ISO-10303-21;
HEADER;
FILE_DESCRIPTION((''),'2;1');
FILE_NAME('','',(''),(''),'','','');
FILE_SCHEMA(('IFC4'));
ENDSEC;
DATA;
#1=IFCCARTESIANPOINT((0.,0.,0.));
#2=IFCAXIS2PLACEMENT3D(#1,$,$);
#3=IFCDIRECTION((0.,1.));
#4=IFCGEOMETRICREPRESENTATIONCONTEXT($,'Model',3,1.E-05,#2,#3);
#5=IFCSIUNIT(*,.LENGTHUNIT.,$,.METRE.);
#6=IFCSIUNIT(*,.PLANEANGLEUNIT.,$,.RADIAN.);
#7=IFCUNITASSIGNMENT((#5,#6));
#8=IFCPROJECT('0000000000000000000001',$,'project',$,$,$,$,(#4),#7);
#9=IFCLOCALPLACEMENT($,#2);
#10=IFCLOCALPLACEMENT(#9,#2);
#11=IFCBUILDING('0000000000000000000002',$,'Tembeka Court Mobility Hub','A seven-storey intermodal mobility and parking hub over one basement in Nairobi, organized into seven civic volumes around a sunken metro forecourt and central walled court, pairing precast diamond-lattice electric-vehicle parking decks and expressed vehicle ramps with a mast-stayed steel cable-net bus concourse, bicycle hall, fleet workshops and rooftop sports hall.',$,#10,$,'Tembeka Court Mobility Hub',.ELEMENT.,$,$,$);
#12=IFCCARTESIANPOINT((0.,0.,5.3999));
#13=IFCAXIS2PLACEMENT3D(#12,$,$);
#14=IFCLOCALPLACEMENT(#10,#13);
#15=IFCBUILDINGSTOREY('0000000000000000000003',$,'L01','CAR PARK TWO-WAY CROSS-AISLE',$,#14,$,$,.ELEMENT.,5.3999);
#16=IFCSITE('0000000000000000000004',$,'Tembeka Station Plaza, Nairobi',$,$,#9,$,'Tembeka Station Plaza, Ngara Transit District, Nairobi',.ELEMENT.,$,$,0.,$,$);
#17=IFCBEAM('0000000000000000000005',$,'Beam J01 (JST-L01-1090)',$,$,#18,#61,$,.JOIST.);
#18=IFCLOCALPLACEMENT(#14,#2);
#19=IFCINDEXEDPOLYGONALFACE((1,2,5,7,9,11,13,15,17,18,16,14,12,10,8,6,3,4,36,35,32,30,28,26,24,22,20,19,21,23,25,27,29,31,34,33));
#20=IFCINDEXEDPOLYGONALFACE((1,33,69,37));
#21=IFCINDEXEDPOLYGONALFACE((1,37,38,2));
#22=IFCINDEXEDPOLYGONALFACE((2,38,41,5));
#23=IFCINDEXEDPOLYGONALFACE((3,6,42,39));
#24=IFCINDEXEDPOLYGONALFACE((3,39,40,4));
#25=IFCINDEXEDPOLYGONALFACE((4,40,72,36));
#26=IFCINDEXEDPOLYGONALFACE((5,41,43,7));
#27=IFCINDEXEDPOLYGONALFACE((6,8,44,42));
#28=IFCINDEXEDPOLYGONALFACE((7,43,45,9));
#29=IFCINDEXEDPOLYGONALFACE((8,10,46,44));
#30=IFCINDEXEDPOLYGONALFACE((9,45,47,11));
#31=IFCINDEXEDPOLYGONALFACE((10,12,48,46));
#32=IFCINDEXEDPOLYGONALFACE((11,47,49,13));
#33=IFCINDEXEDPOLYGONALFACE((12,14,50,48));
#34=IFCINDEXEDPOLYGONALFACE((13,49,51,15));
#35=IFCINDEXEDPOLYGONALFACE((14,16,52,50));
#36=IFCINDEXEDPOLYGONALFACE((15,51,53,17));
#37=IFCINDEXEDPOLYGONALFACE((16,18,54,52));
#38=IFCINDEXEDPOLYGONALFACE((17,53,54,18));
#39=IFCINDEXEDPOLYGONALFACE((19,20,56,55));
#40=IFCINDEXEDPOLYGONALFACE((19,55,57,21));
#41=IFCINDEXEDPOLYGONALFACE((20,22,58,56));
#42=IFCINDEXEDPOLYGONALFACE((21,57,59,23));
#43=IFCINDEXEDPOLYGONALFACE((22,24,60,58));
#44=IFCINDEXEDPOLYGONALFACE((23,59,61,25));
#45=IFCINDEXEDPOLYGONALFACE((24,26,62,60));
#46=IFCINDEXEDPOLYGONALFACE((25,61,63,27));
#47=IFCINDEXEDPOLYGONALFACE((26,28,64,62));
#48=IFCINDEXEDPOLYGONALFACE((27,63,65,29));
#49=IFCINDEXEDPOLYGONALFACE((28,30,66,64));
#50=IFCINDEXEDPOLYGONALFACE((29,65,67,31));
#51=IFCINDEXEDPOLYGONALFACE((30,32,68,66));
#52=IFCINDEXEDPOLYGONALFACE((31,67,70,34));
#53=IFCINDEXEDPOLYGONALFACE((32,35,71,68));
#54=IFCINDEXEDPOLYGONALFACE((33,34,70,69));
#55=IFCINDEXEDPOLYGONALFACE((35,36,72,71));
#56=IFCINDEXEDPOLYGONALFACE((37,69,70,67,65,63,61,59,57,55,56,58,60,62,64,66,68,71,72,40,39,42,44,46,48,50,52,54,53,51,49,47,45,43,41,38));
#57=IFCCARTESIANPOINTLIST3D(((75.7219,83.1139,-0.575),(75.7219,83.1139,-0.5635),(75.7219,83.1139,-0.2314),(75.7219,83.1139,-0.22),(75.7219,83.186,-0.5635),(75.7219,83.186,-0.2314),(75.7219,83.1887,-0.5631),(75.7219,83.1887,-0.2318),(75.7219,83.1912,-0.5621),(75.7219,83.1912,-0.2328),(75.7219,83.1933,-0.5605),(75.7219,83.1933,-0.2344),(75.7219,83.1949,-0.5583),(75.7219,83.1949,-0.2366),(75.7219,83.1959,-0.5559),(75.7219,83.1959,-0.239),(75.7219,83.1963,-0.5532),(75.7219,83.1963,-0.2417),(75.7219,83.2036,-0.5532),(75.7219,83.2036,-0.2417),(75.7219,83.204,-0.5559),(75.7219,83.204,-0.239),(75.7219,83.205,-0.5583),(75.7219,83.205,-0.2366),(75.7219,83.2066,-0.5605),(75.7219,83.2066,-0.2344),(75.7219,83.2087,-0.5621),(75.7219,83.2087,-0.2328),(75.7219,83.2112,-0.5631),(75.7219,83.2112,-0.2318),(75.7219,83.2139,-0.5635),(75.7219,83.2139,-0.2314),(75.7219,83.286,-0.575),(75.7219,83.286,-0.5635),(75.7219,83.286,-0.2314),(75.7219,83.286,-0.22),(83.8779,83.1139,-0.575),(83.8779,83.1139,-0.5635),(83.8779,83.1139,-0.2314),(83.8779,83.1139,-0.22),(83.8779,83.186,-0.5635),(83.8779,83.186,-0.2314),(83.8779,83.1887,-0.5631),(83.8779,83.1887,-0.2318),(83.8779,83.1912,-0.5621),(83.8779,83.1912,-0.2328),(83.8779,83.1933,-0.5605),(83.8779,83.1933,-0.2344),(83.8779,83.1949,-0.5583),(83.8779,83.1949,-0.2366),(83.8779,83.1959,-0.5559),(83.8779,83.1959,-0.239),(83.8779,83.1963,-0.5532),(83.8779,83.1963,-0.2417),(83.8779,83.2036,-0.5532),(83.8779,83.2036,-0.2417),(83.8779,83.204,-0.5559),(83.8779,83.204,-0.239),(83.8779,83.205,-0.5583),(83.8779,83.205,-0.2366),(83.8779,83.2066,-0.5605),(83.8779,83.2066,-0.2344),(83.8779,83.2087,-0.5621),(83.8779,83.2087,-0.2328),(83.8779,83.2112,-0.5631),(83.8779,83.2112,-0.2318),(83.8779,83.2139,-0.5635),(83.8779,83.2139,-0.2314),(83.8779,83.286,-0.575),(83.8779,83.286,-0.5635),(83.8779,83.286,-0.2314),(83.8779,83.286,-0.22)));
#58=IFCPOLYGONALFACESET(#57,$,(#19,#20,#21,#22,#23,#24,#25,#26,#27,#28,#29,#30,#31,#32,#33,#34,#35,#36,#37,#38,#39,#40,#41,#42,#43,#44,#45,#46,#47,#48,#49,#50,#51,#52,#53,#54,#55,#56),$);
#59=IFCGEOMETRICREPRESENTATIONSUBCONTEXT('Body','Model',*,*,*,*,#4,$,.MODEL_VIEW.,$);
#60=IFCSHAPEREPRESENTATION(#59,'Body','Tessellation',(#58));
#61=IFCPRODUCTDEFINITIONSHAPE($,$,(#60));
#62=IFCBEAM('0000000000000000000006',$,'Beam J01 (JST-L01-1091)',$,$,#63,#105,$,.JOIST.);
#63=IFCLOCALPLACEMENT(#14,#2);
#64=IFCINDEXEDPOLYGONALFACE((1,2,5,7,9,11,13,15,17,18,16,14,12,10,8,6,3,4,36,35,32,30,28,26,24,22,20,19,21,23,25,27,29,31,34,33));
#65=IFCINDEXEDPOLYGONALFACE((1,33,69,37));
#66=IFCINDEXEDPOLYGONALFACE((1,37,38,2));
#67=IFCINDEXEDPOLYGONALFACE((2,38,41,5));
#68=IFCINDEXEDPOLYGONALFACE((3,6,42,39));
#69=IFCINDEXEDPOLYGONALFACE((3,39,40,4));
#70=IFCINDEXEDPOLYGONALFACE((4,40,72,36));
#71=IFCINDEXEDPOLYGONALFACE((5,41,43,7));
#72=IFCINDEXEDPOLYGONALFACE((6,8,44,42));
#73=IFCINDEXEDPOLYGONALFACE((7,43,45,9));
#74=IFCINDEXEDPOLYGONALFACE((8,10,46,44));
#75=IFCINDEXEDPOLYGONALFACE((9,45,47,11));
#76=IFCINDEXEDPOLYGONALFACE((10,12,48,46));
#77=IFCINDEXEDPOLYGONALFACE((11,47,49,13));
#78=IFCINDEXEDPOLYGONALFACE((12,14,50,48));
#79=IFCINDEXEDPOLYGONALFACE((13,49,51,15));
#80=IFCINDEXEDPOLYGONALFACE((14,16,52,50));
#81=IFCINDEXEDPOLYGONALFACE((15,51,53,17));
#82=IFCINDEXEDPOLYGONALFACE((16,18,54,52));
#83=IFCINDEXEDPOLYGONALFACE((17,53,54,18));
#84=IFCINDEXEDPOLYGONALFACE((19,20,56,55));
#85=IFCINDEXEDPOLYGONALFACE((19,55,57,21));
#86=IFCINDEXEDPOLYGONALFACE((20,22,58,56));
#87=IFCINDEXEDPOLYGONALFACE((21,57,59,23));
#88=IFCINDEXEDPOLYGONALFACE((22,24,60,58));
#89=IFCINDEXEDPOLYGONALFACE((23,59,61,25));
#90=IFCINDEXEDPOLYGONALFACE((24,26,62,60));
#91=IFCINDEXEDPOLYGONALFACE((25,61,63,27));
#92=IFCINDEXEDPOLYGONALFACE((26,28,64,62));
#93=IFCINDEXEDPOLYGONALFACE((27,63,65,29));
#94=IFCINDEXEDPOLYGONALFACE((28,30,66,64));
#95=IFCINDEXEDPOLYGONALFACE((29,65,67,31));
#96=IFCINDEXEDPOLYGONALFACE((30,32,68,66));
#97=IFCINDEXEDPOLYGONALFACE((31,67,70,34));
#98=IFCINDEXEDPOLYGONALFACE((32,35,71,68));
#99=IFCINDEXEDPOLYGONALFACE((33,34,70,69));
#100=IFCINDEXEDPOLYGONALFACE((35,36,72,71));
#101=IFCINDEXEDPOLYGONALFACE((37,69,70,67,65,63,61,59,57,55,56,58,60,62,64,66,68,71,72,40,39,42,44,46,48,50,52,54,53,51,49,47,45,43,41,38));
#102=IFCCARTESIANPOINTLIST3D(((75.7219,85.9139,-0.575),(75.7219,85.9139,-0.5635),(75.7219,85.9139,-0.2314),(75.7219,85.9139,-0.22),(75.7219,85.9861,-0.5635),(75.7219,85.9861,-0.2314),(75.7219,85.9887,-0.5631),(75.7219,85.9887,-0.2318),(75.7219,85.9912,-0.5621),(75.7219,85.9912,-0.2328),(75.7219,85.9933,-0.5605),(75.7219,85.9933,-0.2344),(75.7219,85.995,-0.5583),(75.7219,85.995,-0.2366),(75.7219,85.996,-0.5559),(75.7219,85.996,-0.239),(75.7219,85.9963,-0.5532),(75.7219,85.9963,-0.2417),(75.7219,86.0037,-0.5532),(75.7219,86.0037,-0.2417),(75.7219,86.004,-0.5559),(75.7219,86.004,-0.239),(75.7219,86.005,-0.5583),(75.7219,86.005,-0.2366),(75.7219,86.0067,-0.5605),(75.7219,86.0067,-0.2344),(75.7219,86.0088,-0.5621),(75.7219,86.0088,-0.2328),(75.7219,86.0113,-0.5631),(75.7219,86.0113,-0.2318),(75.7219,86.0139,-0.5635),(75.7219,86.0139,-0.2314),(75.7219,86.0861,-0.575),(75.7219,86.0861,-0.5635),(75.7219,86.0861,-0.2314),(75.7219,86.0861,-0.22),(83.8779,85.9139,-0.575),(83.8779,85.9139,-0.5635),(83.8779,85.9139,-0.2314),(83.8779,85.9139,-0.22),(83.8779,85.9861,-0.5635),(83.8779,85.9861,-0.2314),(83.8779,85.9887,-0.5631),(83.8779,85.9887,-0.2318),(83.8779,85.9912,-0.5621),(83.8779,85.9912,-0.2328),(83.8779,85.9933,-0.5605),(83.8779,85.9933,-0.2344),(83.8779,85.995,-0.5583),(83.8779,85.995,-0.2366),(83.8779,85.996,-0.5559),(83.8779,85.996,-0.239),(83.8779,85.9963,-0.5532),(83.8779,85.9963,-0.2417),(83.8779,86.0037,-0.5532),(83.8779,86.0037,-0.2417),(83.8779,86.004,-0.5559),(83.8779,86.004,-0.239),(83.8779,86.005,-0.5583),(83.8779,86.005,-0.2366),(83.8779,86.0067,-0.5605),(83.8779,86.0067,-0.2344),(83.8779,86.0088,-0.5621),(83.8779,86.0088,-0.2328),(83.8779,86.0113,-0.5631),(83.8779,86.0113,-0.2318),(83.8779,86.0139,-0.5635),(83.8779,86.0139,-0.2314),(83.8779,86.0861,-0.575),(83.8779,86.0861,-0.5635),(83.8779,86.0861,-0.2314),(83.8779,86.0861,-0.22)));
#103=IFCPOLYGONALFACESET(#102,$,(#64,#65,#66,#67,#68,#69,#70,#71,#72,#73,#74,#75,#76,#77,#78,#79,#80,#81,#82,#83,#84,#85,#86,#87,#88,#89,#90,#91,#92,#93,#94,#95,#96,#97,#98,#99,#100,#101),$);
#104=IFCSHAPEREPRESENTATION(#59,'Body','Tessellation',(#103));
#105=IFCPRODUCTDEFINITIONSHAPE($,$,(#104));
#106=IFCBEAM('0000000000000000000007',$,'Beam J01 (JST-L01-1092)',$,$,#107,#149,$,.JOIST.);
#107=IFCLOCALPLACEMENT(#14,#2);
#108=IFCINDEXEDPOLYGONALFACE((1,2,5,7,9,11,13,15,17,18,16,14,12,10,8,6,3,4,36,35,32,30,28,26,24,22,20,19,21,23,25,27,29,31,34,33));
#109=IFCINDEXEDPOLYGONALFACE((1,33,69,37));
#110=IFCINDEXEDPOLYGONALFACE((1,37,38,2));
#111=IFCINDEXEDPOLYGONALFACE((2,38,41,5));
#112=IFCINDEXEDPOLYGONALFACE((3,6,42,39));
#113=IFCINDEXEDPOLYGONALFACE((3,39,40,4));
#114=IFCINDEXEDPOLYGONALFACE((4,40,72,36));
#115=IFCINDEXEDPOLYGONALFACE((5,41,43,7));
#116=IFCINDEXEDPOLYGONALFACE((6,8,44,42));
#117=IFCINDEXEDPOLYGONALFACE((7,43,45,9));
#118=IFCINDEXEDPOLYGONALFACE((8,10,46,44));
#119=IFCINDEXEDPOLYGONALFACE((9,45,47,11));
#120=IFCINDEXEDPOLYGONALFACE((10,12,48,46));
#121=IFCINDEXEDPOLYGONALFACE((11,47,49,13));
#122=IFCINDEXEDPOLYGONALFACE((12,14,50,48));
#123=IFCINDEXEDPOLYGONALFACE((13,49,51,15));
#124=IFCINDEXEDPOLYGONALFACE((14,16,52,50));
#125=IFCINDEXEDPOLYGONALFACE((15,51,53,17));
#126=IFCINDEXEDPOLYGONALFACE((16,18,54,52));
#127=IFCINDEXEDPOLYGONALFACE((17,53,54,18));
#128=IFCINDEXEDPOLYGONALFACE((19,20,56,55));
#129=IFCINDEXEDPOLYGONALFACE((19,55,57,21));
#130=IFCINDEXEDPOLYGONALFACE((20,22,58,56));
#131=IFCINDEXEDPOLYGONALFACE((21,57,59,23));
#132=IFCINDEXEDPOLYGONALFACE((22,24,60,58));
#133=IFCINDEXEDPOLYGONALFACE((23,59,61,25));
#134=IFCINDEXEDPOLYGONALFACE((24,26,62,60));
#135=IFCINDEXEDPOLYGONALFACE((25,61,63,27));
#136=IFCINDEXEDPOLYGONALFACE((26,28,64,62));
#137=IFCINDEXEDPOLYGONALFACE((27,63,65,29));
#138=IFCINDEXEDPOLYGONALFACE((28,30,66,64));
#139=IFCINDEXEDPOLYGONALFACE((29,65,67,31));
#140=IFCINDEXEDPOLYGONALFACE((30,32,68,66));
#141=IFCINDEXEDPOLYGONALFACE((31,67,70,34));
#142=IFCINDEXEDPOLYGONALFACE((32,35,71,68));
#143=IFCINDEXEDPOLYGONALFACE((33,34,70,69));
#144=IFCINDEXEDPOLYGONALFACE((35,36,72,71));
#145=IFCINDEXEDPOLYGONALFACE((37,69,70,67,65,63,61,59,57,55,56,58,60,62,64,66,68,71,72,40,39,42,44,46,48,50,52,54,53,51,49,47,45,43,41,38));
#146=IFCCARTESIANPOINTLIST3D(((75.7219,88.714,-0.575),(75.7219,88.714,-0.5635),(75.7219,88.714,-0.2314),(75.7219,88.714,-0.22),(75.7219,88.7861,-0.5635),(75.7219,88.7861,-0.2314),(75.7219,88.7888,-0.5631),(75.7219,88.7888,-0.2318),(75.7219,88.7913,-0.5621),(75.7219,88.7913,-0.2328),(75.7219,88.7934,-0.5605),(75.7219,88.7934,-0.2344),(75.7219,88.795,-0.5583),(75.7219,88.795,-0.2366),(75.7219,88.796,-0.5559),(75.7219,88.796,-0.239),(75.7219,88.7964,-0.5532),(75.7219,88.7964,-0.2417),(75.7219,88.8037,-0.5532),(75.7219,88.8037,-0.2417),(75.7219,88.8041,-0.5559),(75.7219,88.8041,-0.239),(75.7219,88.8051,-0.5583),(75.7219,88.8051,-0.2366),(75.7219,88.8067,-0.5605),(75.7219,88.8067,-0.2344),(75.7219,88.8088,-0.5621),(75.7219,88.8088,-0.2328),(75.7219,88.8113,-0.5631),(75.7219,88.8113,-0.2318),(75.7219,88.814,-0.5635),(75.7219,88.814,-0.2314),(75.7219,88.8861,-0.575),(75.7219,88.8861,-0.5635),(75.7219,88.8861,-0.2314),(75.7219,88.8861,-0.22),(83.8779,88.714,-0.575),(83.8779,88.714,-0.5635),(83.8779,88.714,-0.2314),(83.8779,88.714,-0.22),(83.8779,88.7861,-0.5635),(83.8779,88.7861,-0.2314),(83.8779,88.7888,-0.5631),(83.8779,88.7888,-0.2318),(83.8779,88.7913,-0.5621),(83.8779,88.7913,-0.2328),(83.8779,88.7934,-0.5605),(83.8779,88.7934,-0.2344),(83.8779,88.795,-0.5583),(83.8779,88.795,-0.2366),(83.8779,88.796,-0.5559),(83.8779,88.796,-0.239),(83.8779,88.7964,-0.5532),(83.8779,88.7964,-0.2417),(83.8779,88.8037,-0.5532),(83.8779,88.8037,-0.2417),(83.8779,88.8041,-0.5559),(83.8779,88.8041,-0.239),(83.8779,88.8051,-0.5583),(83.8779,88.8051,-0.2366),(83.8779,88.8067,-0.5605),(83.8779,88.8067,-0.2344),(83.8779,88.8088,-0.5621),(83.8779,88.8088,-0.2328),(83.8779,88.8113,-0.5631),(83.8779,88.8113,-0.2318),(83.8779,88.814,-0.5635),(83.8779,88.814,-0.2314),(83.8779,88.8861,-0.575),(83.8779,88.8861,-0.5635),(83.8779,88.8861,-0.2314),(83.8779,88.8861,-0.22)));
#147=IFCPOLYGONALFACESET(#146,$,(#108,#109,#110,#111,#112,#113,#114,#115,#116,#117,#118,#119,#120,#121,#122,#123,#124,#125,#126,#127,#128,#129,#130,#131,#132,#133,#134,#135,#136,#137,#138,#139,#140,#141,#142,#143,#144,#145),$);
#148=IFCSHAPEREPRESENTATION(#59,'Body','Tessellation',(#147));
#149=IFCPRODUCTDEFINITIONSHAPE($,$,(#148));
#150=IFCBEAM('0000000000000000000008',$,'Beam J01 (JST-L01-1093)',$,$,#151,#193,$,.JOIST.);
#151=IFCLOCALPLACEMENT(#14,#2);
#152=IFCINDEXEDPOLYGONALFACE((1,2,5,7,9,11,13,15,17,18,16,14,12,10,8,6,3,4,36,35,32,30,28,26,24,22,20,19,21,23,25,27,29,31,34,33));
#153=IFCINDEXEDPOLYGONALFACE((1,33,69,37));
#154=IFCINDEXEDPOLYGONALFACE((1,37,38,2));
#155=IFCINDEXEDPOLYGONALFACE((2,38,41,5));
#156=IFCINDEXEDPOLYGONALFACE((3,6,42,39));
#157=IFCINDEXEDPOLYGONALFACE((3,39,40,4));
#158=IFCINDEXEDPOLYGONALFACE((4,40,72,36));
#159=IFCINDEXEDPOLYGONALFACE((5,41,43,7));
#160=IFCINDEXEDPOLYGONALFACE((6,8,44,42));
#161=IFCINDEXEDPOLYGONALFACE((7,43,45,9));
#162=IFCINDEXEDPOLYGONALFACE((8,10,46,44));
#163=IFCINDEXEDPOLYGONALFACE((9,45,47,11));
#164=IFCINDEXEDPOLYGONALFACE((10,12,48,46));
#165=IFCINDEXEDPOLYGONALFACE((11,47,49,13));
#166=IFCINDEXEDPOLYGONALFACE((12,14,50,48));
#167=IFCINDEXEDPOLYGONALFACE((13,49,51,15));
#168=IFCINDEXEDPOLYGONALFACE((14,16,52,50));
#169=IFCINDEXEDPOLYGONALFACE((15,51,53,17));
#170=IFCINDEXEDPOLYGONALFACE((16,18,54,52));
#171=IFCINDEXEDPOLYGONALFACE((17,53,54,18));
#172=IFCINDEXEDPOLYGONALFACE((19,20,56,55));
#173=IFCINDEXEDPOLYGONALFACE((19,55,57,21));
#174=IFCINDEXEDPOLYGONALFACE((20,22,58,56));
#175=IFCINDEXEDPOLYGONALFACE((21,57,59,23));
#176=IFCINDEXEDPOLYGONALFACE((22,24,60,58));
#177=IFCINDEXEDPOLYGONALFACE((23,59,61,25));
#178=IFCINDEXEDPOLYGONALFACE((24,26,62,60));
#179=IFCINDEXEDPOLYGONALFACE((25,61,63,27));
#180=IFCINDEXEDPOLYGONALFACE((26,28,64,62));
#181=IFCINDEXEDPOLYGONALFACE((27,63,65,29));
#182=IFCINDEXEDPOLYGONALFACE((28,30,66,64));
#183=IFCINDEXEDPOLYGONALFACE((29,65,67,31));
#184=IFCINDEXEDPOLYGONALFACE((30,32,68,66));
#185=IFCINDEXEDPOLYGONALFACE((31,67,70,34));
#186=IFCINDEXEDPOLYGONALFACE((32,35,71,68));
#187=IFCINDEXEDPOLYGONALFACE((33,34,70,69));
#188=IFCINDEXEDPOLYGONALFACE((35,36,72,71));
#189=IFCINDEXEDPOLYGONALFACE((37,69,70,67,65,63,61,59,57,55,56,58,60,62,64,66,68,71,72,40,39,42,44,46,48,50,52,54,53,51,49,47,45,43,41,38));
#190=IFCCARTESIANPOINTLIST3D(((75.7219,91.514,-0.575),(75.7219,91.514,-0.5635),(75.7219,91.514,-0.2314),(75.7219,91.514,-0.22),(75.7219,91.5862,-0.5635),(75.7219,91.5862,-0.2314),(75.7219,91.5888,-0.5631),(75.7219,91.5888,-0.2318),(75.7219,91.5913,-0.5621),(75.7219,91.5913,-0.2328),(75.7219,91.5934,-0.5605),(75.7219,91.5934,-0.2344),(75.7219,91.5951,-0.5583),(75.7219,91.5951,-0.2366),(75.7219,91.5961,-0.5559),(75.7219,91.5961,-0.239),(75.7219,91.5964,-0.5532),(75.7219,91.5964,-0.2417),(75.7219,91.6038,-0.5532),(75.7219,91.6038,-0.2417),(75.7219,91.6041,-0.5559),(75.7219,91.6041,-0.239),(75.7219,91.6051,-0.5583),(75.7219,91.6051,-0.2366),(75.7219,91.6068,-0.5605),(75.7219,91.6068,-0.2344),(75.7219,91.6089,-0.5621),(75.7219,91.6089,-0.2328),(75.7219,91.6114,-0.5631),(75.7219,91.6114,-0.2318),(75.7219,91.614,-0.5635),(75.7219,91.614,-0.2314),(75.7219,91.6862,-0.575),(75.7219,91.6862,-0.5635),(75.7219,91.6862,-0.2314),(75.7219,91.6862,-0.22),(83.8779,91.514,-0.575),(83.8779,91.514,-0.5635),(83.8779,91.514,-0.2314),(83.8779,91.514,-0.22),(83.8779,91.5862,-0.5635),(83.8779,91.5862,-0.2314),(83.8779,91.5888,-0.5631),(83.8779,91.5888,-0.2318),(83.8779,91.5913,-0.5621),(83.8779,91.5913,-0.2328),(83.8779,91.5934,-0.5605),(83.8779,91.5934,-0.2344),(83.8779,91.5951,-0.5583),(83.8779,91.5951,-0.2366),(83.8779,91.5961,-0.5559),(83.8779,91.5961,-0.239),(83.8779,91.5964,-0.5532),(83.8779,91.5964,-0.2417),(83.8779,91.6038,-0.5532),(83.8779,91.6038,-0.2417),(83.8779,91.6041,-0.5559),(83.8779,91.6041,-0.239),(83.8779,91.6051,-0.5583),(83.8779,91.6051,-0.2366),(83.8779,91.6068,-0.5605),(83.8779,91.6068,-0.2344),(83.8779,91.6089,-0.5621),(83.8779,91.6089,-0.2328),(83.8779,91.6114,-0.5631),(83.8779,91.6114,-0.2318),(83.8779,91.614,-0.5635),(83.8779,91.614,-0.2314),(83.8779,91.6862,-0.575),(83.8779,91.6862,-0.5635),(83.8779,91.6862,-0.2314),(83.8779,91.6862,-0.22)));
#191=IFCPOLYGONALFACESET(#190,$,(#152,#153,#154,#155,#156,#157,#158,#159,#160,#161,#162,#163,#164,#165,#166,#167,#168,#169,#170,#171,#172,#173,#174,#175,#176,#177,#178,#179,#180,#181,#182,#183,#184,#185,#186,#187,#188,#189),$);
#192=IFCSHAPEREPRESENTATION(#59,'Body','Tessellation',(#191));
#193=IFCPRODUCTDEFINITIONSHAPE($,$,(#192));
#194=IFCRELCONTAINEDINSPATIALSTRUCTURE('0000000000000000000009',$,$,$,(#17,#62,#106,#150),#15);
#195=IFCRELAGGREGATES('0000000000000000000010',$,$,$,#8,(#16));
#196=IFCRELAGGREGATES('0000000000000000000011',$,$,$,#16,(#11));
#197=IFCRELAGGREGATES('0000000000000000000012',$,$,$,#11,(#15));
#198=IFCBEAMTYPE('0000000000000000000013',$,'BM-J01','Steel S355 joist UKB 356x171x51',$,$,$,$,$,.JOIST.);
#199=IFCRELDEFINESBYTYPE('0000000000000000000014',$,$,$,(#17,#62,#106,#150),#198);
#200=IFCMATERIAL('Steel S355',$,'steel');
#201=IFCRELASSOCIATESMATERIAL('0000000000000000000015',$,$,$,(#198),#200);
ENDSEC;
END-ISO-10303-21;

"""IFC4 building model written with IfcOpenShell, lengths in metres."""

from ifc_helpers import new_model, si_unit, direction, frame, origin, origin_2d, place, context, subcontext, project, spatial, i_section, extrude, material, material_profile, profile_set, type_object, element, save


model = new_model("IFC4")

# Units and contexts
model_context = context("Model", 3, precision=1e-05, world=origin(), true_north=direction((0.0, 1.0)))
body_context = subcontext(model_context, "Body", "Model", "MODEL_VIEW")
ifc_project = project(units=[si_unit("LENGTHUNIT", "METRE"), si_unit("PLANEANGLEUNIT", "RADIAN")], contexts=[model_context])

# Site, building, storey
site_placement = place(None, origin())
site = spatial("IfcSite", under=ifc_project, at=site_placement, Name="Tembeka Station Plaza, Nairobi", LongName="Tembeka Station Plaza, Ngara Transit District, Nairobi", CompositionType="ELEMENT", RefElevation=0.0)
building_placement = place(site_placement, origin())
building = spatial("IfcBuilding", under=site, at=building_placement, Name="Tembeka Court Mobility Hub", Description="A seven-storey intermodal mobility and parking hub over one basement in Nairobi, organized into seven civic volumes around a sunken metro forecourt and central walled court, pairing precast diamond-lattice electric-vehicle parking decks and expressed vehicle ramps with a mast-stayed steel cable-net bus concourse, bicycle hall, fleet workshops and rooftop sports hall.", LongName="Tembeka Court Mobility Hub", CompositionType="ELEMENT")
storey_placement = place(building_placement, frame((0.0, 0.0, 5.3999)))
storey = spatial("IfcBuildingStorey", under=building, at=storey_placement, Name="L01", Description="CAR PARK TWO-WAY CROSS-AISLE", CompositionType="ELEMENT", Elevation=5.3999)

# Shared definitions
ifc_material = material(Name="Steel S355", Category="steel")

# Beams
ifc_material_profile_1 = material_profile(ifc_material, i_section(OverallWidth=0.1721, OverallDepth=0.355, WebThickness=0.0073, FlangeThickness=0.0115, FilletRadius=0.0103, at=origin_2d()), Name="UKB 356x171x51")
ifc_profile_set_1 = profile_set([ifc_material_profile_1], Name="Steel S355")
beam_type_1 = type_object("IfcBeamType", Name="BM-J01", Description="Steel S355 joist UKB 356x171x51", PredefinedType="JOIST", material=ifc_profile_set_1)
for number, where, z_axis, x_axis, name in (
    (1, (75.7219, 83.2, -0.3975), (1.0, 0.0, 0.0), (0.0, 1.0, 0.0), "Beam J01 (JST-L01-1090)"),
    (2, (75.7219, 86.0, -0.3975), (1.0, 0.0, 0.0), (0.0, 1.0, 0.0), "Beam J01 (JST-L01-1091)"),
    (3, (75.7219, 88.8, -0.3975), (1.0, 0.0, 0.0), (0.0, 1.0, 0.0), "Beam J01 (JST-L01-1092)"),
    (4, (75.7219, 91.6001, -0.3975), (1.0, 0.0, 0.0), (0.0, 1.0, 0.0), "Beam J01 (JST-L01-1093)"),
):
    element("IfcBeam", number, at=place(storey_placement, frame(where, z_axis=z_axis, x_axis=x_axis)), inside=storey, type_object=beam_type_1, Name=name, PredefinedType="JOIST", context=body_context, shape_type="SweptSolid", body=[
        extrude(i_section(OverallWidth=0.1721, OverallDepth=0.355, WebThickness=0.0073, FlangeThickness=0.0115, FilletRadius=0.0103, at=origin_2d()), origin(), (0.0, 0.0, 1.0), 8.156),
    ])

save(model, "model.ifc")
